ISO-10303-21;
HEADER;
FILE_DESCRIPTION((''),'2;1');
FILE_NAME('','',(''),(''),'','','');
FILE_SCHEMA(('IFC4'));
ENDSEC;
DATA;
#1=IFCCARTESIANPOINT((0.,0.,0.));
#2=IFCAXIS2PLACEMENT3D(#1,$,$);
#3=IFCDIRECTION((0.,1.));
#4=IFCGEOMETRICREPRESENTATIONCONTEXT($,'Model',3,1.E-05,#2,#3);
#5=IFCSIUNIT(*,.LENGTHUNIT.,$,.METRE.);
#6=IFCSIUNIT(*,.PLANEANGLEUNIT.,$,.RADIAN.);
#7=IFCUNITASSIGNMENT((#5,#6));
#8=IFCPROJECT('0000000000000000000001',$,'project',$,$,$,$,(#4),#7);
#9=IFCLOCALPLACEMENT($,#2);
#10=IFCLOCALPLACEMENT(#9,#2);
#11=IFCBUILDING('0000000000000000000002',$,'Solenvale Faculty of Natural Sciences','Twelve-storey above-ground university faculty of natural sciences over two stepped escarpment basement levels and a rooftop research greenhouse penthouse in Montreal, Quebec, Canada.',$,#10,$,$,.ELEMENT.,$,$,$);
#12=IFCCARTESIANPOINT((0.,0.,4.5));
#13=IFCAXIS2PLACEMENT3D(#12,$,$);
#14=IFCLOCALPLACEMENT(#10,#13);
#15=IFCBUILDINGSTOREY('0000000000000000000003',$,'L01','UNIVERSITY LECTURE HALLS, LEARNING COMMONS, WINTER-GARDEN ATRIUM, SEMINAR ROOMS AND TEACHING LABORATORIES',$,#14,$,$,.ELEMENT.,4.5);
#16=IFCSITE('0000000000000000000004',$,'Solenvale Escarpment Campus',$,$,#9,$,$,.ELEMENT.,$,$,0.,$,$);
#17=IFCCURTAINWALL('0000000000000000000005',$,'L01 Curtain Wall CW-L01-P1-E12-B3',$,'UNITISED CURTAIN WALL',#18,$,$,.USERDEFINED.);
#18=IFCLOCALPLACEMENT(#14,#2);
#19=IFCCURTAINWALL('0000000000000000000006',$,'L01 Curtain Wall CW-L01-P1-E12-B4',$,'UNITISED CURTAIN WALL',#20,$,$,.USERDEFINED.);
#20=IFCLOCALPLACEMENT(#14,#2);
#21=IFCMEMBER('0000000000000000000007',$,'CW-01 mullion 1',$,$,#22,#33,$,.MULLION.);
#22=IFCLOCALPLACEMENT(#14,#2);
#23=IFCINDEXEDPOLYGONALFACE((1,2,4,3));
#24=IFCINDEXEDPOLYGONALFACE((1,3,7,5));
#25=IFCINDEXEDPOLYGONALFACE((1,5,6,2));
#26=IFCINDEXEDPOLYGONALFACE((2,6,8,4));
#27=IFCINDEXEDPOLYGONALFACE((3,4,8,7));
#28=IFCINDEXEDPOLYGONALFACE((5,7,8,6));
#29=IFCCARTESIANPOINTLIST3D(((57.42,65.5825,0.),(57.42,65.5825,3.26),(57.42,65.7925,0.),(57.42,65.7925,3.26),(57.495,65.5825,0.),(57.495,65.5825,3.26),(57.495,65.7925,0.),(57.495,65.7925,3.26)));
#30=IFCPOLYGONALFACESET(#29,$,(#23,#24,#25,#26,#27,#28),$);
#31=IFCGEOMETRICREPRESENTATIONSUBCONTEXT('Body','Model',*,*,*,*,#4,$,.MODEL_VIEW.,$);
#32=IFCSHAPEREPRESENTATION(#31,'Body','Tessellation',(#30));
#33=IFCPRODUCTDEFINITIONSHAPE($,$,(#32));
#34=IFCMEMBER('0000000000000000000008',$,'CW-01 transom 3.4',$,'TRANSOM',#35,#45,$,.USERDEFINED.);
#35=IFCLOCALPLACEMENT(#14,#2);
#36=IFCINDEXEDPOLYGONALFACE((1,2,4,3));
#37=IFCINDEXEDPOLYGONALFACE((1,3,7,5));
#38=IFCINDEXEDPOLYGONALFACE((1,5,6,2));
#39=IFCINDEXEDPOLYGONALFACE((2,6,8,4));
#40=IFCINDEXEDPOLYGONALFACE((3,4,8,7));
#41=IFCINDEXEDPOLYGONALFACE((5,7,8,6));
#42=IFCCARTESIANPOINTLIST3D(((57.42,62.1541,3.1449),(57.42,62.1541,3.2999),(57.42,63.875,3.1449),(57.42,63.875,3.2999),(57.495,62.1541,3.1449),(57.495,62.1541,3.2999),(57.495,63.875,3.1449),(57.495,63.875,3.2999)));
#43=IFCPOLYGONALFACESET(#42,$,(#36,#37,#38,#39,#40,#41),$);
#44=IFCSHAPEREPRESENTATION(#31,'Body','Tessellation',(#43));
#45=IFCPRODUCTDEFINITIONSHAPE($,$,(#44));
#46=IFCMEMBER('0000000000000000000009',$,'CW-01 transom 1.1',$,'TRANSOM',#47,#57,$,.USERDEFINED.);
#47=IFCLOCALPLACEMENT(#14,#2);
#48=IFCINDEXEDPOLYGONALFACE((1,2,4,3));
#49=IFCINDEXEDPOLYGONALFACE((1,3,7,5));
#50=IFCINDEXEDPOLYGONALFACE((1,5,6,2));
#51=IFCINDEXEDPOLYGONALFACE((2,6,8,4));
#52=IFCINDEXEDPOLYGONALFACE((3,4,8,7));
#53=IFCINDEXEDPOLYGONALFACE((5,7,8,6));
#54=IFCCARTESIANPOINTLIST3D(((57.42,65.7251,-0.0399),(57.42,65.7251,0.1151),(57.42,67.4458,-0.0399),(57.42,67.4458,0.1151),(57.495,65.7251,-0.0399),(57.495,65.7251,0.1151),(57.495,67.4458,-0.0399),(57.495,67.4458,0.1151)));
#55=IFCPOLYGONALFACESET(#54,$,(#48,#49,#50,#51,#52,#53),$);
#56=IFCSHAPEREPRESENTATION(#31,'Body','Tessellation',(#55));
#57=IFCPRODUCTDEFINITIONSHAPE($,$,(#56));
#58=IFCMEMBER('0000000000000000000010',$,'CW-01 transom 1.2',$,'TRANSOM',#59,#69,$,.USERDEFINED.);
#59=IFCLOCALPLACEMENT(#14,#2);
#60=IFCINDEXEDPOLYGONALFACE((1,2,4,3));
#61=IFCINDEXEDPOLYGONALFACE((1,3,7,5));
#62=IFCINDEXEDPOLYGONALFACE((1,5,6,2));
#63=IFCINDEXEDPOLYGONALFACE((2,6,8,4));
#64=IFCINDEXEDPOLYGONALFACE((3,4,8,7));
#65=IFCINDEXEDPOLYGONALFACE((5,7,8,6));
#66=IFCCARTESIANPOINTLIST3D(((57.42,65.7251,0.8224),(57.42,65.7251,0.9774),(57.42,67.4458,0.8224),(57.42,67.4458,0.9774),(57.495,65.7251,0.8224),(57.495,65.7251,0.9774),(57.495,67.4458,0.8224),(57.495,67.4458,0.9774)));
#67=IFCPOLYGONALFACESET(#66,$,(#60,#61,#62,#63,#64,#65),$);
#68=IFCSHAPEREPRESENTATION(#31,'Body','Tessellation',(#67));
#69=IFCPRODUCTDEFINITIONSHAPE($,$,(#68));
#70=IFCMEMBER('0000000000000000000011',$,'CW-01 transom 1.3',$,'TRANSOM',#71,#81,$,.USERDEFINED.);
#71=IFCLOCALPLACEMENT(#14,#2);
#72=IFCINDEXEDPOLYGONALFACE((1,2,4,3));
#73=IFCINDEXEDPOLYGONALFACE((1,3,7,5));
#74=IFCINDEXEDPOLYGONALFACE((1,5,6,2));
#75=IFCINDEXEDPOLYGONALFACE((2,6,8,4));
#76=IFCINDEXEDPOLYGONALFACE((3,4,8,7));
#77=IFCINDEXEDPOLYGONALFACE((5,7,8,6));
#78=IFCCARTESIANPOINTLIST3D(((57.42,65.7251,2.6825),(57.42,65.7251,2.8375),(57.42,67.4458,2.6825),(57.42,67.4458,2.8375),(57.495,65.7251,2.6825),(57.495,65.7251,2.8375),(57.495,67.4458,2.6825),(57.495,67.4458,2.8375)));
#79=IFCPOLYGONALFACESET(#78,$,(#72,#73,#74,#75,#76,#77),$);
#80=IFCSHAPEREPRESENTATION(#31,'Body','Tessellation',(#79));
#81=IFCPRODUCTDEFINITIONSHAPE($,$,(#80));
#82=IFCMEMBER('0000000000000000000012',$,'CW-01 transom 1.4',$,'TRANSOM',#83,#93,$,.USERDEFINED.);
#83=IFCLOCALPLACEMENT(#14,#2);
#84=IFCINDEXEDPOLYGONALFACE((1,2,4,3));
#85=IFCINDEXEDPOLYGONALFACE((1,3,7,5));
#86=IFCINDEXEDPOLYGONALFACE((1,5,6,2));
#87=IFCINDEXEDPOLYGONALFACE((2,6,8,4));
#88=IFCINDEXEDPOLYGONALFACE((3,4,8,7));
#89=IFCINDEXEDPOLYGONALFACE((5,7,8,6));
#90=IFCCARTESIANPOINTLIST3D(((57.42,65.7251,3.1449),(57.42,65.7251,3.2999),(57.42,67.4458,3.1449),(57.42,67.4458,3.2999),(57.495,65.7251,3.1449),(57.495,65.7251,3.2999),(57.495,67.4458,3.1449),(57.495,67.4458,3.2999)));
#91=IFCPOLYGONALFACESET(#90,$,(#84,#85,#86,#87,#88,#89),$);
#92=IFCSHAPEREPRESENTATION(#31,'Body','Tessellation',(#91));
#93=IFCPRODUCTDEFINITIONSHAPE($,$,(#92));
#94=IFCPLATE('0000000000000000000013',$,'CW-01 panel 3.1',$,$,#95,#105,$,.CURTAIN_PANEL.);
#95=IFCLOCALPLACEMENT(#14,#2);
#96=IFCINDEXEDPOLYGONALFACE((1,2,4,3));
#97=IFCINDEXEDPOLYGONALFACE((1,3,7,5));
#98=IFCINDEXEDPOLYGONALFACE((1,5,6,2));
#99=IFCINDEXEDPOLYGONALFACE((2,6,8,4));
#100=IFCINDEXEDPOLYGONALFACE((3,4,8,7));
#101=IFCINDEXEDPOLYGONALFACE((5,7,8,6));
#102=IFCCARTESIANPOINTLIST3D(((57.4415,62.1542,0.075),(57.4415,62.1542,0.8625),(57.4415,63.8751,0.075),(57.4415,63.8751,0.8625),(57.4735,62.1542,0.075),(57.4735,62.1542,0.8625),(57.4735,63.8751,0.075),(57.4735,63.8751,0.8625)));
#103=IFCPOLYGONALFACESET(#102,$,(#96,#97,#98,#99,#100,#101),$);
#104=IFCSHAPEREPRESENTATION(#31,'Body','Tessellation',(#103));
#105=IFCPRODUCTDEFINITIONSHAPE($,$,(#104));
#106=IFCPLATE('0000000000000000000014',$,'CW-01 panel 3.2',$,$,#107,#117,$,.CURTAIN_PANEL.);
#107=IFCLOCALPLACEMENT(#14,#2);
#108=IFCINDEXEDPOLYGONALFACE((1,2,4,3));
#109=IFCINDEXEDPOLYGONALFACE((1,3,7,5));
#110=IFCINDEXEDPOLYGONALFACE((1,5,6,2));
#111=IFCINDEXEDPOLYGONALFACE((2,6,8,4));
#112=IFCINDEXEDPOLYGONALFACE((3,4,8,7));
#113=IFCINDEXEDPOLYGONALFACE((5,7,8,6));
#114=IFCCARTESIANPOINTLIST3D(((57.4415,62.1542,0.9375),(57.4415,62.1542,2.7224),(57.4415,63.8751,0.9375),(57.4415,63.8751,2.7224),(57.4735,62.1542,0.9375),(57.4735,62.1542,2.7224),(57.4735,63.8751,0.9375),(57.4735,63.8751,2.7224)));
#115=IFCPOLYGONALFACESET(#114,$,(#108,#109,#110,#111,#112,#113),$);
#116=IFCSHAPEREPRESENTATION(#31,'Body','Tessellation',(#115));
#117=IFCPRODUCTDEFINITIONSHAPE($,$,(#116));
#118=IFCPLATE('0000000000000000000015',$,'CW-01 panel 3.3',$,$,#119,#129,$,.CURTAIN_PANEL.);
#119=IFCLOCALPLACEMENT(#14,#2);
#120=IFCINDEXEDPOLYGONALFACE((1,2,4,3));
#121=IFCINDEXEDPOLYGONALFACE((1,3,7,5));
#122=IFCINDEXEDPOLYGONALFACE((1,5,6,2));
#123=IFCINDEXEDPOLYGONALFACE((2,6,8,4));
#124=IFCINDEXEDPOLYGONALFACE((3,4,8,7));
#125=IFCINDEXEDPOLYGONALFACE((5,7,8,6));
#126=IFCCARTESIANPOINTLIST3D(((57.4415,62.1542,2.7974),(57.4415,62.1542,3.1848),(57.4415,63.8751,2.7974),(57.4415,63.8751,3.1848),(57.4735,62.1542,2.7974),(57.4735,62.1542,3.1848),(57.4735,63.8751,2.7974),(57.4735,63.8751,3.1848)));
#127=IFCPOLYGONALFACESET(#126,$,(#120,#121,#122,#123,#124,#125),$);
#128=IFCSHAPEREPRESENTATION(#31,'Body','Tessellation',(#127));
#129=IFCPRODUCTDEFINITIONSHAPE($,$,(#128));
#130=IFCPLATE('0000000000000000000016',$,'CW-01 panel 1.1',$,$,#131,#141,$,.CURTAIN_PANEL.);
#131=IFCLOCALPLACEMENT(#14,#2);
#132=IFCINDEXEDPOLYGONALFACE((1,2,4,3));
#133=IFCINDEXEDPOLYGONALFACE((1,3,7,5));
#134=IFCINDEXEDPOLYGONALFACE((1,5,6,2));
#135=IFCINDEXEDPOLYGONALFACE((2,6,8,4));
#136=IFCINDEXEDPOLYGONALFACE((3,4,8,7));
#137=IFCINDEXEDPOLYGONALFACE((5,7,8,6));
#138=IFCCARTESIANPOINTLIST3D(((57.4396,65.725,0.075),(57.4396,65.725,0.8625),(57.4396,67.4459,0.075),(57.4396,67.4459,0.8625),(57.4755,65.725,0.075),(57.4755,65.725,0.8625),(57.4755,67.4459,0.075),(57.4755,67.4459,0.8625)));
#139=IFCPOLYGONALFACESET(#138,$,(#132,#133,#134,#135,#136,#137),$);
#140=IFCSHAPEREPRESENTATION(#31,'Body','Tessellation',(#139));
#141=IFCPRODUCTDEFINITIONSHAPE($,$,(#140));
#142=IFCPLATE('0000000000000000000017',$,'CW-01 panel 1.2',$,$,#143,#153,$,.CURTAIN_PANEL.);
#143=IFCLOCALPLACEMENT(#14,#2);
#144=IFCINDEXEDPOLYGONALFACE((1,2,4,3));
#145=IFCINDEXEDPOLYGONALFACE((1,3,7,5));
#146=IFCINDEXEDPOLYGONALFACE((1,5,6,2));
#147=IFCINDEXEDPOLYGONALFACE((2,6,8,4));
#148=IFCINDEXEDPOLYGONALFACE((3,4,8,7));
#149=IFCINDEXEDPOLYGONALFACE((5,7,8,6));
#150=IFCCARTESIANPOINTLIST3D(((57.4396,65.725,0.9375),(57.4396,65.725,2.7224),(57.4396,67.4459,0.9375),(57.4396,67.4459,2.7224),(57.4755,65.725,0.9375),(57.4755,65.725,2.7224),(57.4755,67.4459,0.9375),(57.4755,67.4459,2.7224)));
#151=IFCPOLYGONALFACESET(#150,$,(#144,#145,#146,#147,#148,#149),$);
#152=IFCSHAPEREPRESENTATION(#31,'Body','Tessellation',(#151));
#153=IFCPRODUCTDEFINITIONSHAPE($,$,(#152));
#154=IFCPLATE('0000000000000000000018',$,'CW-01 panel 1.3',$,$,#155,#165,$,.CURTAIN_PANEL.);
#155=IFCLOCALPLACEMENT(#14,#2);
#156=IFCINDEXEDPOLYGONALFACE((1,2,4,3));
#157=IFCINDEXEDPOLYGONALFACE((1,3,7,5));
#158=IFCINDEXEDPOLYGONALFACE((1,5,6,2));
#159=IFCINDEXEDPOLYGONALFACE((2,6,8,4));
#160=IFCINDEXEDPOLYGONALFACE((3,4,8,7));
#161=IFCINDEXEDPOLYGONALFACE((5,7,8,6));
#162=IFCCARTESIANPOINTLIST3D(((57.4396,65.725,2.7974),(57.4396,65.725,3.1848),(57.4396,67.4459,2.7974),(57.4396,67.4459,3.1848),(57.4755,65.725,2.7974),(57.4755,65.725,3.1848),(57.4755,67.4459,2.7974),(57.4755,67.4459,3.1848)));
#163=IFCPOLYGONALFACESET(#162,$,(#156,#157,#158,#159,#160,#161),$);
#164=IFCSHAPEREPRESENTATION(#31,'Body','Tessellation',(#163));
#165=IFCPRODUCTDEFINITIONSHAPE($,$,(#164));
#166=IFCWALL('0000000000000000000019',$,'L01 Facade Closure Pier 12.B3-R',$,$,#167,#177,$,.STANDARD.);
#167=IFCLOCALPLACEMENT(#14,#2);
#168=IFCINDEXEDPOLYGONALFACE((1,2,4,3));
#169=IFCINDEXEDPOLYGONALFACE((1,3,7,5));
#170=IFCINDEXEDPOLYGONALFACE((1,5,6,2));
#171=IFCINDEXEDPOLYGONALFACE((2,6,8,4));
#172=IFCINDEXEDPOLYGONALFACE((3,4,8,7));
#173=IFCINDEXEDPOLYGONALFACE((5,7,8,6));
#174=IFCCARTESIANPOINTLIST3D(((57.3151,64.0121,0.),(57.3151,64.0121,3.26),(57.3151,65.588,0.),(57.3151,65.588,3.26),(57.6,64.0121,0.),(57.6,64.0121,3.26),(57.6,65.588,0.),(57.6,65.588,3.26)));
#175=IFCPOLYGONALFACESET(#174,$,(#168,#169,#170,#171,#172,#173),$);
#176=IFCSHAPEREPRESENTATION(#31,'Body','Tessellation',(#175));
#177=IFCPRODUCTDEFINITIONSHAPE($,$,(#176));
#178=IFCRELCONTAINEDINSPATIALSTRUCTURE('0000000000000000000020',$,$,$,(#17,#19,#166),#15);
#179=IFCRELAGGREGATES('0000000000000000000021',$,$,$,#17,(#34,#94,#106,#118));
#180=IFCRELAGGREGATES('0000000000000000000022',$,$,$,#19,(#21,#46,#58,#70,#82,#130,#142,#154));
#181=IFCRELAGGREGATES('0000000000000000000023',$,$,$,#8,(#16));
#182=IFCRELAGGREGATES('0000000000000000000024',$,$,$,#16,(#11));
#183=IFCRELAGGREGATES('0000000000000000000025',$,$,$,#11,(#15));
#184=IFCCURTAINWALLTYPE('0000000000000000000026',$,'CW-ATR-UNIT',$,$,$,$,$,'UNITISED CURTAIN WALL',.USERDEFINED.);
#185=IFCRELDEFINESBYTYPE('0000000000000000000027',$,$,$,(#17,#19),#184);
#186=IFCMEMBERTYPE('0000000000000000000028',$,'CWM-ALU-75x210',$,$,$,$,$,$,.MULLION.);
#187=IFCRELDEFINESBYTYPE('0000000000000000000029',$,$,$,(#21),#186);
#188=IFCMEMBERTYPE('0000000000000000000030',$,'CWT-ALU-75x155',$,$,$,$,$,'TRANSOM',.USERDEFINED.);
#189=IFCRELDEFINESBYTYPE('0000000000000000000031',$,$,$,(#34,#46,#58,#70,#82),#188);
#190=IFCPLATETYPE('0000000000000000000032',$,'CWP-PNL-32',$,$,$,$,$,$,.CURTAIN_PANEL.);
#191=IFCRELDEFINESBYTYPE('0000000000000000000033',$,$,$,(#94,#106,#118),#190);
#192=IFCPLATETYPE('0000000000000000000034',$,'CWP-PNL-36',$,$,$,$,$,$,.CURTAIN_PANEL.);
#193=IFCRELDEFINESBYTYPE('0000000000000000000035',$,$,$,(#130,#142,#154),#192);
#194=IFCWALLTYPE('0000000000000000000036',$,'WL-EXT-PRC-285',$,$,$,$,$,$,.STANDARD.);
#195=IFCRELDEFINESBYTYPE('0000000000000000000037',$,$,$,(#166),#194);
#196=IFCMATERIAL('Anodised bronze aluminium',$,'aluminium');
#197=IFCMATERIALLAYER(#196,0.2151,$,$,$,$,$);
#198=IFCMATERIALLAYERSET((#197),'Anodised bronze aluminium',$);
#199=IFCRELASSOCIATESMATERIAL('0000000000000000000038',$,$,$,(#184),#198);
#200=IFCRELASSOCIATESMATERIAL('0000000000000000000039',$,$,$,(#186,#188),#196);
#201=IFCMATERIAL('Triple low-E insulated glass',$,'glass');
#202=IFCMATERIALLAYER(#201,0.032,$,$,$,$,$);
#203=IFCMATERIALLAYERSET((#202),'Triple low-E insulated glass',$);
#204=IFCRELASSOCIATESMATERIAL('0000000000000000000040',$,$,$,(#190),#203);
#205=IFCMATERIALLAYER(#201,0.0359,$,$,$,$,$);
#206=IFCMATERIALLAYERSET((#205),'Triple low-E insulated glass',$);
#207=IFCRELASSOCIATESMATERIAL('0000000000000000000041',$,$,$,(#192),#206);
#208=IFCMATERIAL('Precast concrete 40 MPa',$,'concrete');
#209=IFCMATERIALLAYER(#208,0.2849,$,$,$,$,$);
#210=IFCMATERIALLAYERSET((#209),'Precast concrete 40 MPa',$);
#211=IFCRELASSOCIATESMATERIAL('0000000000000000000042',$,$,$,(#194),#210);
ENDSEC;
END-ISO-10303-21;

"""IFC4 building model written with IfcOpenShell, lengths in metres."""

from ifc_helpers import new_model, si_unit, direction, frame, frame_2d, origin, origin_2d, place, context, subcontext, project, spatial, rectangle, extrude, material, layer, layer_set, material_profile, profile_set, type_object, element, aggregate, save


model = new_model("IFC4")

# Units and contexts
model_context = context("Model", 3, precision=1e-05, world=origin(), true_north=direction((0.0, 1.0)))
body_context = subcontext(model_context, "Body", "Model", "MODEL_VIEW")
ifc_project = project(units=[si_unit("LENGTHUNIT", "METRE"), si_unit("PLANEANGLEUNIT", "RADIAN")], contexts=[model_context])

# Site, building, storey
site_placement = place(None, origin())
site = spatial("IfcSite", under=ifc_project, at=site_placement, Name="Solenvale Escarpment Campus", CompositionType="ELEMENT", RefElevation=0.0)
building_placement = place(site_placement, origin())
building = spatial("IfcBuilding", under=site, at=building_placement, Name="Solenvale Faculty of Natural Sciences", Description="Twelve-storey above-ground university faculty of natural sciences over two stepped escarpment basement levels and a rooftop research greenhouse penthouse in Montreal, Quebec, Canada.", CompositionType="ELEMENT")
storey_placement = place(building_placement, frame((0.0, 0.0, 4.5)))
storey = spatial("IfcBuildingStorey", under=building, at=storey_placement, Name="L01", Description="UNIVERSITY LECTURE HALLS, LEARNING COMMONS, WINTER-GARDEN ATRIUM, SEMINAR ROOMS AND TEACHING LABORATORIES", CompositionType="ELEMENT", Elevation=4.5)

# Curtain walls, member
ifc_material_1 = material(Name="Anodised bronze aluminium", Category="aluminium")
ifc_layer_1 = layer(ifc_material_1, 0.2151)
ifc_layer_set_1 = layer_set([ifc_layer_1], Name="Anodised bronze aluminium")
curtain_wall_type = type_object("IfcCurtainWallType", Name="CW-ATR-UNIT", ElementType="UNITISED CURTAIN WALL", PredefinedType="USERDEFINED", material=ifc_layer_set_1)
curtain_wall_1_placement = place(storey_placement, origin())
curtain_wall_1 = element("IfcCurtainWall", 1, at=curtain_wall_1_placement, inside=storey, type_object=curtain_wall_type, Name="L01 Curtain Wall CW-L01-P1-E12-B3", ObjectType="UNITISED CURTAIN WALL", PredefinedType="USERDEFINED")
ifc_material_profile_1 = material_profile(ifc_material_1, rectangle(XDim=0.075, YDim=0.21, at=origin_2d()), Name="ALU-MUL-75x210")
ifc_profile_set_1 = profile_set([ifc_material_profile_1], Name="Anodised bronze aluminium")
member_type_1 = type_object("IfcMemberType", Name="CWM-ALU-75x210", PredefinedType="MULLION", material=ifc_profile_set_1)
curtain_wall_2_placement = place(storey_placement, origin())
curtain_wall_2 = element("IfcCurtainWall", 2, at=curtain_wall_2_placement, inside=storey, type_object=curtain_wall_type, Name="L01 Curtain Wall CW-L01-P1-E12-B4", ObjectType="UNITISED CURTAIN WALL", PredefinedType="USERDEFINED")
member_1_placement = place(storey_placement, frame((57.4575, 65.6875, 0.0), z_axis=(0.0, 0.0, 1.0), x_axis=(-1.0, 0.0, 0.0)))
member_1 = element("IfcMember", 3, at=member_1_placement, type_object=member_type_1, Name="CW-01 mullion 1", PredefinedType="MULLION", context=body_context, shape_type="SweptSolid", body=[
    extrude(rectangle(XDim=0.075, YDim=0.21, at=origin_2d()), origin(), (0.0, 0.0, 1.0), 3.26),
])

# Members
ifc_material_profile_2 = material_profile(ifc_material_1, rectangle(XDim=0.075, YDim=0.155, at=origin_2d()), Name="ALU-TRN-75x155")
ifc_profile_set_2 = profile_set([ifc_material_profile_2], Name="Anodised bronze aluminium")
member_type_2 = type_object("IfcMemberType", Name="CWT-ALU-75x155", ElementType="TRANSOM", PredefinedType="USERDEFINED", material=ifc_profile_set_2)
member_2_placement = place(storey_placement, frame((57.4575, 62.1541, 3.2224), z_axis=(0.0, 1.0, 0.0), x_axis=(-1.0, 0.0, 0.0)))
member_2 = element("IfcMember", 4, at=member_2_placement, type_object=member_type_2, Name="CW-01 transom 3.4", ObjectType="TRANSOM", PredefinedType="USERDEFINED", context=body_context, shape_type="SweptSolid", body=[
    extrude(rectangle(XDim=0.075, YDim=0.155, at=origin_2d()), origin(), (0.0, 0.0, 1.0), 1.7209),
])
member_3_placement = place(storey_placement, frame((57.4575, 65.7251, 0.0376), z_axis=(0.0, 1.0, 0.0), x_axis=(-1.0, 0.0, 0.0)))
member_3 = element("IfcMember", 5, at=member_3_placement, type_object=member_type_2, Name="CW-01 transom 1.1", ObjectType="TRANSOM", PredefinedType="USERDEFINED", context=body_context, shape_type="SweptSolid", body=[
    extrude(rectangle(XDim=0.075, YDim=0.155, at=origin_2d()), origin(), (0.0, 0.0, 1.0), 1.7207),
])
member_4_placement = place(storey_placement, frame((57.4575, 65.7251, 0.8999), z_axis=(0.0, 1.0, 0.0), x_axis=(-1.0, 0.0, 0.0)))
member_4 = element("IfcMember", 6, at=member_4_placement, type_object=member_type_2, Name="CW-01 transom 1.2", ObjectType="TRANSOM", PredefinedType="USERDEFINED", context=body_context, shape_type="SweptSolid", body=[
    extrude(rectangle(XDim=0.075, YDim=0.155, at=origin_2d()), origin(), (0.0, 0.0, 1.0), 1.7207),
])
member_5_placement = place(storey_placement, frame((57.4575, 65.7251, 2.76), z_axis=(0.0, 1.0, 0.0), x_axis=(-1.0, 0.0, 0.0)))
member_5 = element("IfcMember", 7, at=member_5_placement, type_object=member_type_2, Name="CW-01 transom 1.3", ObjectType="TRANSOM", PredefinedType="USERDEFINED", context=body_context, shape_type="SweptSolid", body=[
    extrude(rectangle(XDim=0.075, YDim=0.155, at=origin_2d()), origin(), (0.0, 0.0, 1.0), 1.7207),
])
member_6_placement = place(storey_placement, frame((57.4575, 65.7251, 3.2224), z_axis=(0.0, 1.0, 0.0), x_axis=(-1.0, 0.0, 0.0)))
member_6 = element("IfcMember", 8, at=member_6_placement, type_object=member_type_2, Name="CW-01 transom 1.4", ObjectType="TRANSOM", PredefinedType="USERDEFINED", context=body_context, shape_type="SweptSolid", body=[
    extrude(rectangle(XDim=0.075, YDim=0.155, at=origin_2d()), origin(), (0.0, 0.0, 1.0), 1.7207),
])

# Plates
ifc_material_2 = material(Name="Triple low-E insulated glass", Category="glass")
ifc_layer_2 = layer(ifc_material_2, 0.032)
ifc_layer_set_2 = layer_set([ifc_layer_2], Name="Triple low-E insulated glass")
plate_type_1 = type_object("IfcPlateType", Name="CWP-PNL-32", PredefinedType="CURTAIN_PANEL", material=ifc_layer_set_2)
plate_1_placement = place(storey_placement, frame((57.4575, 63.0146, 0.075), z_axis=(0.0, 0.0, 1.0), x_axis=(0.0, 1.0, 0.0)))
plate_1 = element("IfcPlate", 9, at=plate_1_placement, type_object=plate_type_1, Name="CW-01 panel 3.1", PredefinedType="CURTAIN_PANEL", context=body_context, shape_type="SweptSolid", body=[
    extrude(rectangle(XDim=1.7209, YDim=0.032, at=origin_2d()), origin(), (0.0, 0.0, 1.0), 0.7876),
])
plate_2_placement = place(storey_placement, frame((57.4575, 63.0146, 0.9375), z_axis=(0.0, 0.0, 1.0), x_axis=(0.0, 1.0, 0.0)))
plate_2 = element("IfcPlate", 10, at=plate_2_placement, type_object=plate_type_1, Name="CW-01 panel 3.2", PredefinedType="CURTAIN_PANEL", context=body_context, shape_type="SweptSolid", body=[
    extrude(rectangle(XDim=1.7209, YDim=0.032, at=origin_2d()), origin(), (0.0, 0.0, 1.0), 1.7849),
])
plate_3_placement = place(storey_placement, frame((57.4575, 63.0146, 2.7974), z_axis=(0.0, 0.0, 1.0), x_axis=(0.0, 1.0, 0.0)))
plate_3 = element("IfcPlate", 11, at=plate_3_placement, type_object=plate_type_1, Name="CW-01 panel 3.3", PredefinedType="CURTAIN_PANEL", context=body_context, shape_type="SweptSolid", body=[
    extrude(rectangle(XDim=1.7209, YDim=0.032, at=origin_2d()), origin(), (0.0, 0.0, 1.0), 0.3875),
])
aggregate(curtain_wall_1, [member_2, plate_1, plate_2, plate_3])
ifc_layer_3 = layer(ifc_material_2, 0.0359)
ifc_layer_set_3 = layer_set([ifc_layer_3], Name="Triple low-E insulated glass")
plate_type_2 = type_object("IfcPlateType", Name="CWP-PNL-36", PredefinedType="CURTAIN_PANEL", material=ifc_layer_set_3)
plate_4_placement = place(storey_placement, frame((57.4575, 66.5854, 0.075), z_axis=(0.0, 0.0, 1.0), x_axis=(0.0, 1.0, 0.0)))
plate_4 = element("IfcPlate", 12, at=plate_4_placement, type_object=plate_type_2, Name="CW-01 panel 1.1", PredefinedType="CURTAIN_PANEL", context=body_context, shape_type="SweptSolid", body=[
    extrude(rectangle(XDim=1.7209, YDim=0.0359, at=origin_2d()), origin(), (0.0, 0.0, 1.0), 0.7876),
])
plate_5_placement = place(storey_placement, frame((57.4575, 66.5854, 0.9375), z_axis=(0.0, 0.0, 1.0), x_axis=(0.0, 1.0, 0.0)))
plate_5 = element("IfcPlate", 13, at=plate_5_placement, type_object=plate_type_2, Name="CW-01 panel 1.2", PredefinedType="CURTAIN_PANEL", context=body_context, shape_type="SweptSolid", body=[
    extrude(rectangle(XDim=1.7209, YDim=0.0359, at=origin_2d()), origin(), (0.0, 0.0, 1.0), 1.7849),
])
plate_6_placement = place(storey_placement, frame((57.4575, 66.5854, 2.7974), z_axis=(0.0, 0.0, 1.0), x_axis=(0.0, 1.0, 0.0)))
plate_6 = element("IfcPlate", 14, at=plate_6_placement, type_object=plate_type_2, Name="CW-01 panel 1.3", PredefinedType="CURTAIN_PANEL", context=body_context, shape_type="SweptSolid", body=[
    extrude(rectangle(XDim=1.7209, YDim=0.0359, at=origin_2d()), origin(), (0.0, 0.0, 1.0), 0.3875),
])
aggregate(curtain_wall_2, [member_1, member_3, member_4, member_5, member_6, plate_4, plate_5, plate_6])

# Wall
ifc_material_3 = material(Name="Precast concrete 40 MPa", Category="concrete")
ifc_layer_4 = layer(ifc_material_3, 0.2849)
ifc_layer_set_4 = layer_set([ifc_layer_4], Name="Precast concrete 40 MPa")
wall_type = type_object("IfcWallType", Name="WL-EXT-PRC-285", PredefinedType="STANDARD", material=ifc_layer_set_4)
wall_placement = place(storey_placement, frame((57.4575, 64.012, 0.0), z_axis=(0.0, 0.0, 1.0), x_axis=(0.0, 1.0, 0.0)))
element("IfcWall", 15, at=wall_placement, inside=storey, type_object=wall_type, Name="L01 Facade Closure Pier 12.B3-R", PredefinedType="STANDARD", context=body_context, shape_type="SweptSolid", body=[
    extrude(rectangle(XDim=1.5759, YDim=0.2849, at=frame_2d((0.7881, 0.0))), origin(), (0.0, 0.0, 1.0), 3.26),
])

save(model, "model.ifc")
